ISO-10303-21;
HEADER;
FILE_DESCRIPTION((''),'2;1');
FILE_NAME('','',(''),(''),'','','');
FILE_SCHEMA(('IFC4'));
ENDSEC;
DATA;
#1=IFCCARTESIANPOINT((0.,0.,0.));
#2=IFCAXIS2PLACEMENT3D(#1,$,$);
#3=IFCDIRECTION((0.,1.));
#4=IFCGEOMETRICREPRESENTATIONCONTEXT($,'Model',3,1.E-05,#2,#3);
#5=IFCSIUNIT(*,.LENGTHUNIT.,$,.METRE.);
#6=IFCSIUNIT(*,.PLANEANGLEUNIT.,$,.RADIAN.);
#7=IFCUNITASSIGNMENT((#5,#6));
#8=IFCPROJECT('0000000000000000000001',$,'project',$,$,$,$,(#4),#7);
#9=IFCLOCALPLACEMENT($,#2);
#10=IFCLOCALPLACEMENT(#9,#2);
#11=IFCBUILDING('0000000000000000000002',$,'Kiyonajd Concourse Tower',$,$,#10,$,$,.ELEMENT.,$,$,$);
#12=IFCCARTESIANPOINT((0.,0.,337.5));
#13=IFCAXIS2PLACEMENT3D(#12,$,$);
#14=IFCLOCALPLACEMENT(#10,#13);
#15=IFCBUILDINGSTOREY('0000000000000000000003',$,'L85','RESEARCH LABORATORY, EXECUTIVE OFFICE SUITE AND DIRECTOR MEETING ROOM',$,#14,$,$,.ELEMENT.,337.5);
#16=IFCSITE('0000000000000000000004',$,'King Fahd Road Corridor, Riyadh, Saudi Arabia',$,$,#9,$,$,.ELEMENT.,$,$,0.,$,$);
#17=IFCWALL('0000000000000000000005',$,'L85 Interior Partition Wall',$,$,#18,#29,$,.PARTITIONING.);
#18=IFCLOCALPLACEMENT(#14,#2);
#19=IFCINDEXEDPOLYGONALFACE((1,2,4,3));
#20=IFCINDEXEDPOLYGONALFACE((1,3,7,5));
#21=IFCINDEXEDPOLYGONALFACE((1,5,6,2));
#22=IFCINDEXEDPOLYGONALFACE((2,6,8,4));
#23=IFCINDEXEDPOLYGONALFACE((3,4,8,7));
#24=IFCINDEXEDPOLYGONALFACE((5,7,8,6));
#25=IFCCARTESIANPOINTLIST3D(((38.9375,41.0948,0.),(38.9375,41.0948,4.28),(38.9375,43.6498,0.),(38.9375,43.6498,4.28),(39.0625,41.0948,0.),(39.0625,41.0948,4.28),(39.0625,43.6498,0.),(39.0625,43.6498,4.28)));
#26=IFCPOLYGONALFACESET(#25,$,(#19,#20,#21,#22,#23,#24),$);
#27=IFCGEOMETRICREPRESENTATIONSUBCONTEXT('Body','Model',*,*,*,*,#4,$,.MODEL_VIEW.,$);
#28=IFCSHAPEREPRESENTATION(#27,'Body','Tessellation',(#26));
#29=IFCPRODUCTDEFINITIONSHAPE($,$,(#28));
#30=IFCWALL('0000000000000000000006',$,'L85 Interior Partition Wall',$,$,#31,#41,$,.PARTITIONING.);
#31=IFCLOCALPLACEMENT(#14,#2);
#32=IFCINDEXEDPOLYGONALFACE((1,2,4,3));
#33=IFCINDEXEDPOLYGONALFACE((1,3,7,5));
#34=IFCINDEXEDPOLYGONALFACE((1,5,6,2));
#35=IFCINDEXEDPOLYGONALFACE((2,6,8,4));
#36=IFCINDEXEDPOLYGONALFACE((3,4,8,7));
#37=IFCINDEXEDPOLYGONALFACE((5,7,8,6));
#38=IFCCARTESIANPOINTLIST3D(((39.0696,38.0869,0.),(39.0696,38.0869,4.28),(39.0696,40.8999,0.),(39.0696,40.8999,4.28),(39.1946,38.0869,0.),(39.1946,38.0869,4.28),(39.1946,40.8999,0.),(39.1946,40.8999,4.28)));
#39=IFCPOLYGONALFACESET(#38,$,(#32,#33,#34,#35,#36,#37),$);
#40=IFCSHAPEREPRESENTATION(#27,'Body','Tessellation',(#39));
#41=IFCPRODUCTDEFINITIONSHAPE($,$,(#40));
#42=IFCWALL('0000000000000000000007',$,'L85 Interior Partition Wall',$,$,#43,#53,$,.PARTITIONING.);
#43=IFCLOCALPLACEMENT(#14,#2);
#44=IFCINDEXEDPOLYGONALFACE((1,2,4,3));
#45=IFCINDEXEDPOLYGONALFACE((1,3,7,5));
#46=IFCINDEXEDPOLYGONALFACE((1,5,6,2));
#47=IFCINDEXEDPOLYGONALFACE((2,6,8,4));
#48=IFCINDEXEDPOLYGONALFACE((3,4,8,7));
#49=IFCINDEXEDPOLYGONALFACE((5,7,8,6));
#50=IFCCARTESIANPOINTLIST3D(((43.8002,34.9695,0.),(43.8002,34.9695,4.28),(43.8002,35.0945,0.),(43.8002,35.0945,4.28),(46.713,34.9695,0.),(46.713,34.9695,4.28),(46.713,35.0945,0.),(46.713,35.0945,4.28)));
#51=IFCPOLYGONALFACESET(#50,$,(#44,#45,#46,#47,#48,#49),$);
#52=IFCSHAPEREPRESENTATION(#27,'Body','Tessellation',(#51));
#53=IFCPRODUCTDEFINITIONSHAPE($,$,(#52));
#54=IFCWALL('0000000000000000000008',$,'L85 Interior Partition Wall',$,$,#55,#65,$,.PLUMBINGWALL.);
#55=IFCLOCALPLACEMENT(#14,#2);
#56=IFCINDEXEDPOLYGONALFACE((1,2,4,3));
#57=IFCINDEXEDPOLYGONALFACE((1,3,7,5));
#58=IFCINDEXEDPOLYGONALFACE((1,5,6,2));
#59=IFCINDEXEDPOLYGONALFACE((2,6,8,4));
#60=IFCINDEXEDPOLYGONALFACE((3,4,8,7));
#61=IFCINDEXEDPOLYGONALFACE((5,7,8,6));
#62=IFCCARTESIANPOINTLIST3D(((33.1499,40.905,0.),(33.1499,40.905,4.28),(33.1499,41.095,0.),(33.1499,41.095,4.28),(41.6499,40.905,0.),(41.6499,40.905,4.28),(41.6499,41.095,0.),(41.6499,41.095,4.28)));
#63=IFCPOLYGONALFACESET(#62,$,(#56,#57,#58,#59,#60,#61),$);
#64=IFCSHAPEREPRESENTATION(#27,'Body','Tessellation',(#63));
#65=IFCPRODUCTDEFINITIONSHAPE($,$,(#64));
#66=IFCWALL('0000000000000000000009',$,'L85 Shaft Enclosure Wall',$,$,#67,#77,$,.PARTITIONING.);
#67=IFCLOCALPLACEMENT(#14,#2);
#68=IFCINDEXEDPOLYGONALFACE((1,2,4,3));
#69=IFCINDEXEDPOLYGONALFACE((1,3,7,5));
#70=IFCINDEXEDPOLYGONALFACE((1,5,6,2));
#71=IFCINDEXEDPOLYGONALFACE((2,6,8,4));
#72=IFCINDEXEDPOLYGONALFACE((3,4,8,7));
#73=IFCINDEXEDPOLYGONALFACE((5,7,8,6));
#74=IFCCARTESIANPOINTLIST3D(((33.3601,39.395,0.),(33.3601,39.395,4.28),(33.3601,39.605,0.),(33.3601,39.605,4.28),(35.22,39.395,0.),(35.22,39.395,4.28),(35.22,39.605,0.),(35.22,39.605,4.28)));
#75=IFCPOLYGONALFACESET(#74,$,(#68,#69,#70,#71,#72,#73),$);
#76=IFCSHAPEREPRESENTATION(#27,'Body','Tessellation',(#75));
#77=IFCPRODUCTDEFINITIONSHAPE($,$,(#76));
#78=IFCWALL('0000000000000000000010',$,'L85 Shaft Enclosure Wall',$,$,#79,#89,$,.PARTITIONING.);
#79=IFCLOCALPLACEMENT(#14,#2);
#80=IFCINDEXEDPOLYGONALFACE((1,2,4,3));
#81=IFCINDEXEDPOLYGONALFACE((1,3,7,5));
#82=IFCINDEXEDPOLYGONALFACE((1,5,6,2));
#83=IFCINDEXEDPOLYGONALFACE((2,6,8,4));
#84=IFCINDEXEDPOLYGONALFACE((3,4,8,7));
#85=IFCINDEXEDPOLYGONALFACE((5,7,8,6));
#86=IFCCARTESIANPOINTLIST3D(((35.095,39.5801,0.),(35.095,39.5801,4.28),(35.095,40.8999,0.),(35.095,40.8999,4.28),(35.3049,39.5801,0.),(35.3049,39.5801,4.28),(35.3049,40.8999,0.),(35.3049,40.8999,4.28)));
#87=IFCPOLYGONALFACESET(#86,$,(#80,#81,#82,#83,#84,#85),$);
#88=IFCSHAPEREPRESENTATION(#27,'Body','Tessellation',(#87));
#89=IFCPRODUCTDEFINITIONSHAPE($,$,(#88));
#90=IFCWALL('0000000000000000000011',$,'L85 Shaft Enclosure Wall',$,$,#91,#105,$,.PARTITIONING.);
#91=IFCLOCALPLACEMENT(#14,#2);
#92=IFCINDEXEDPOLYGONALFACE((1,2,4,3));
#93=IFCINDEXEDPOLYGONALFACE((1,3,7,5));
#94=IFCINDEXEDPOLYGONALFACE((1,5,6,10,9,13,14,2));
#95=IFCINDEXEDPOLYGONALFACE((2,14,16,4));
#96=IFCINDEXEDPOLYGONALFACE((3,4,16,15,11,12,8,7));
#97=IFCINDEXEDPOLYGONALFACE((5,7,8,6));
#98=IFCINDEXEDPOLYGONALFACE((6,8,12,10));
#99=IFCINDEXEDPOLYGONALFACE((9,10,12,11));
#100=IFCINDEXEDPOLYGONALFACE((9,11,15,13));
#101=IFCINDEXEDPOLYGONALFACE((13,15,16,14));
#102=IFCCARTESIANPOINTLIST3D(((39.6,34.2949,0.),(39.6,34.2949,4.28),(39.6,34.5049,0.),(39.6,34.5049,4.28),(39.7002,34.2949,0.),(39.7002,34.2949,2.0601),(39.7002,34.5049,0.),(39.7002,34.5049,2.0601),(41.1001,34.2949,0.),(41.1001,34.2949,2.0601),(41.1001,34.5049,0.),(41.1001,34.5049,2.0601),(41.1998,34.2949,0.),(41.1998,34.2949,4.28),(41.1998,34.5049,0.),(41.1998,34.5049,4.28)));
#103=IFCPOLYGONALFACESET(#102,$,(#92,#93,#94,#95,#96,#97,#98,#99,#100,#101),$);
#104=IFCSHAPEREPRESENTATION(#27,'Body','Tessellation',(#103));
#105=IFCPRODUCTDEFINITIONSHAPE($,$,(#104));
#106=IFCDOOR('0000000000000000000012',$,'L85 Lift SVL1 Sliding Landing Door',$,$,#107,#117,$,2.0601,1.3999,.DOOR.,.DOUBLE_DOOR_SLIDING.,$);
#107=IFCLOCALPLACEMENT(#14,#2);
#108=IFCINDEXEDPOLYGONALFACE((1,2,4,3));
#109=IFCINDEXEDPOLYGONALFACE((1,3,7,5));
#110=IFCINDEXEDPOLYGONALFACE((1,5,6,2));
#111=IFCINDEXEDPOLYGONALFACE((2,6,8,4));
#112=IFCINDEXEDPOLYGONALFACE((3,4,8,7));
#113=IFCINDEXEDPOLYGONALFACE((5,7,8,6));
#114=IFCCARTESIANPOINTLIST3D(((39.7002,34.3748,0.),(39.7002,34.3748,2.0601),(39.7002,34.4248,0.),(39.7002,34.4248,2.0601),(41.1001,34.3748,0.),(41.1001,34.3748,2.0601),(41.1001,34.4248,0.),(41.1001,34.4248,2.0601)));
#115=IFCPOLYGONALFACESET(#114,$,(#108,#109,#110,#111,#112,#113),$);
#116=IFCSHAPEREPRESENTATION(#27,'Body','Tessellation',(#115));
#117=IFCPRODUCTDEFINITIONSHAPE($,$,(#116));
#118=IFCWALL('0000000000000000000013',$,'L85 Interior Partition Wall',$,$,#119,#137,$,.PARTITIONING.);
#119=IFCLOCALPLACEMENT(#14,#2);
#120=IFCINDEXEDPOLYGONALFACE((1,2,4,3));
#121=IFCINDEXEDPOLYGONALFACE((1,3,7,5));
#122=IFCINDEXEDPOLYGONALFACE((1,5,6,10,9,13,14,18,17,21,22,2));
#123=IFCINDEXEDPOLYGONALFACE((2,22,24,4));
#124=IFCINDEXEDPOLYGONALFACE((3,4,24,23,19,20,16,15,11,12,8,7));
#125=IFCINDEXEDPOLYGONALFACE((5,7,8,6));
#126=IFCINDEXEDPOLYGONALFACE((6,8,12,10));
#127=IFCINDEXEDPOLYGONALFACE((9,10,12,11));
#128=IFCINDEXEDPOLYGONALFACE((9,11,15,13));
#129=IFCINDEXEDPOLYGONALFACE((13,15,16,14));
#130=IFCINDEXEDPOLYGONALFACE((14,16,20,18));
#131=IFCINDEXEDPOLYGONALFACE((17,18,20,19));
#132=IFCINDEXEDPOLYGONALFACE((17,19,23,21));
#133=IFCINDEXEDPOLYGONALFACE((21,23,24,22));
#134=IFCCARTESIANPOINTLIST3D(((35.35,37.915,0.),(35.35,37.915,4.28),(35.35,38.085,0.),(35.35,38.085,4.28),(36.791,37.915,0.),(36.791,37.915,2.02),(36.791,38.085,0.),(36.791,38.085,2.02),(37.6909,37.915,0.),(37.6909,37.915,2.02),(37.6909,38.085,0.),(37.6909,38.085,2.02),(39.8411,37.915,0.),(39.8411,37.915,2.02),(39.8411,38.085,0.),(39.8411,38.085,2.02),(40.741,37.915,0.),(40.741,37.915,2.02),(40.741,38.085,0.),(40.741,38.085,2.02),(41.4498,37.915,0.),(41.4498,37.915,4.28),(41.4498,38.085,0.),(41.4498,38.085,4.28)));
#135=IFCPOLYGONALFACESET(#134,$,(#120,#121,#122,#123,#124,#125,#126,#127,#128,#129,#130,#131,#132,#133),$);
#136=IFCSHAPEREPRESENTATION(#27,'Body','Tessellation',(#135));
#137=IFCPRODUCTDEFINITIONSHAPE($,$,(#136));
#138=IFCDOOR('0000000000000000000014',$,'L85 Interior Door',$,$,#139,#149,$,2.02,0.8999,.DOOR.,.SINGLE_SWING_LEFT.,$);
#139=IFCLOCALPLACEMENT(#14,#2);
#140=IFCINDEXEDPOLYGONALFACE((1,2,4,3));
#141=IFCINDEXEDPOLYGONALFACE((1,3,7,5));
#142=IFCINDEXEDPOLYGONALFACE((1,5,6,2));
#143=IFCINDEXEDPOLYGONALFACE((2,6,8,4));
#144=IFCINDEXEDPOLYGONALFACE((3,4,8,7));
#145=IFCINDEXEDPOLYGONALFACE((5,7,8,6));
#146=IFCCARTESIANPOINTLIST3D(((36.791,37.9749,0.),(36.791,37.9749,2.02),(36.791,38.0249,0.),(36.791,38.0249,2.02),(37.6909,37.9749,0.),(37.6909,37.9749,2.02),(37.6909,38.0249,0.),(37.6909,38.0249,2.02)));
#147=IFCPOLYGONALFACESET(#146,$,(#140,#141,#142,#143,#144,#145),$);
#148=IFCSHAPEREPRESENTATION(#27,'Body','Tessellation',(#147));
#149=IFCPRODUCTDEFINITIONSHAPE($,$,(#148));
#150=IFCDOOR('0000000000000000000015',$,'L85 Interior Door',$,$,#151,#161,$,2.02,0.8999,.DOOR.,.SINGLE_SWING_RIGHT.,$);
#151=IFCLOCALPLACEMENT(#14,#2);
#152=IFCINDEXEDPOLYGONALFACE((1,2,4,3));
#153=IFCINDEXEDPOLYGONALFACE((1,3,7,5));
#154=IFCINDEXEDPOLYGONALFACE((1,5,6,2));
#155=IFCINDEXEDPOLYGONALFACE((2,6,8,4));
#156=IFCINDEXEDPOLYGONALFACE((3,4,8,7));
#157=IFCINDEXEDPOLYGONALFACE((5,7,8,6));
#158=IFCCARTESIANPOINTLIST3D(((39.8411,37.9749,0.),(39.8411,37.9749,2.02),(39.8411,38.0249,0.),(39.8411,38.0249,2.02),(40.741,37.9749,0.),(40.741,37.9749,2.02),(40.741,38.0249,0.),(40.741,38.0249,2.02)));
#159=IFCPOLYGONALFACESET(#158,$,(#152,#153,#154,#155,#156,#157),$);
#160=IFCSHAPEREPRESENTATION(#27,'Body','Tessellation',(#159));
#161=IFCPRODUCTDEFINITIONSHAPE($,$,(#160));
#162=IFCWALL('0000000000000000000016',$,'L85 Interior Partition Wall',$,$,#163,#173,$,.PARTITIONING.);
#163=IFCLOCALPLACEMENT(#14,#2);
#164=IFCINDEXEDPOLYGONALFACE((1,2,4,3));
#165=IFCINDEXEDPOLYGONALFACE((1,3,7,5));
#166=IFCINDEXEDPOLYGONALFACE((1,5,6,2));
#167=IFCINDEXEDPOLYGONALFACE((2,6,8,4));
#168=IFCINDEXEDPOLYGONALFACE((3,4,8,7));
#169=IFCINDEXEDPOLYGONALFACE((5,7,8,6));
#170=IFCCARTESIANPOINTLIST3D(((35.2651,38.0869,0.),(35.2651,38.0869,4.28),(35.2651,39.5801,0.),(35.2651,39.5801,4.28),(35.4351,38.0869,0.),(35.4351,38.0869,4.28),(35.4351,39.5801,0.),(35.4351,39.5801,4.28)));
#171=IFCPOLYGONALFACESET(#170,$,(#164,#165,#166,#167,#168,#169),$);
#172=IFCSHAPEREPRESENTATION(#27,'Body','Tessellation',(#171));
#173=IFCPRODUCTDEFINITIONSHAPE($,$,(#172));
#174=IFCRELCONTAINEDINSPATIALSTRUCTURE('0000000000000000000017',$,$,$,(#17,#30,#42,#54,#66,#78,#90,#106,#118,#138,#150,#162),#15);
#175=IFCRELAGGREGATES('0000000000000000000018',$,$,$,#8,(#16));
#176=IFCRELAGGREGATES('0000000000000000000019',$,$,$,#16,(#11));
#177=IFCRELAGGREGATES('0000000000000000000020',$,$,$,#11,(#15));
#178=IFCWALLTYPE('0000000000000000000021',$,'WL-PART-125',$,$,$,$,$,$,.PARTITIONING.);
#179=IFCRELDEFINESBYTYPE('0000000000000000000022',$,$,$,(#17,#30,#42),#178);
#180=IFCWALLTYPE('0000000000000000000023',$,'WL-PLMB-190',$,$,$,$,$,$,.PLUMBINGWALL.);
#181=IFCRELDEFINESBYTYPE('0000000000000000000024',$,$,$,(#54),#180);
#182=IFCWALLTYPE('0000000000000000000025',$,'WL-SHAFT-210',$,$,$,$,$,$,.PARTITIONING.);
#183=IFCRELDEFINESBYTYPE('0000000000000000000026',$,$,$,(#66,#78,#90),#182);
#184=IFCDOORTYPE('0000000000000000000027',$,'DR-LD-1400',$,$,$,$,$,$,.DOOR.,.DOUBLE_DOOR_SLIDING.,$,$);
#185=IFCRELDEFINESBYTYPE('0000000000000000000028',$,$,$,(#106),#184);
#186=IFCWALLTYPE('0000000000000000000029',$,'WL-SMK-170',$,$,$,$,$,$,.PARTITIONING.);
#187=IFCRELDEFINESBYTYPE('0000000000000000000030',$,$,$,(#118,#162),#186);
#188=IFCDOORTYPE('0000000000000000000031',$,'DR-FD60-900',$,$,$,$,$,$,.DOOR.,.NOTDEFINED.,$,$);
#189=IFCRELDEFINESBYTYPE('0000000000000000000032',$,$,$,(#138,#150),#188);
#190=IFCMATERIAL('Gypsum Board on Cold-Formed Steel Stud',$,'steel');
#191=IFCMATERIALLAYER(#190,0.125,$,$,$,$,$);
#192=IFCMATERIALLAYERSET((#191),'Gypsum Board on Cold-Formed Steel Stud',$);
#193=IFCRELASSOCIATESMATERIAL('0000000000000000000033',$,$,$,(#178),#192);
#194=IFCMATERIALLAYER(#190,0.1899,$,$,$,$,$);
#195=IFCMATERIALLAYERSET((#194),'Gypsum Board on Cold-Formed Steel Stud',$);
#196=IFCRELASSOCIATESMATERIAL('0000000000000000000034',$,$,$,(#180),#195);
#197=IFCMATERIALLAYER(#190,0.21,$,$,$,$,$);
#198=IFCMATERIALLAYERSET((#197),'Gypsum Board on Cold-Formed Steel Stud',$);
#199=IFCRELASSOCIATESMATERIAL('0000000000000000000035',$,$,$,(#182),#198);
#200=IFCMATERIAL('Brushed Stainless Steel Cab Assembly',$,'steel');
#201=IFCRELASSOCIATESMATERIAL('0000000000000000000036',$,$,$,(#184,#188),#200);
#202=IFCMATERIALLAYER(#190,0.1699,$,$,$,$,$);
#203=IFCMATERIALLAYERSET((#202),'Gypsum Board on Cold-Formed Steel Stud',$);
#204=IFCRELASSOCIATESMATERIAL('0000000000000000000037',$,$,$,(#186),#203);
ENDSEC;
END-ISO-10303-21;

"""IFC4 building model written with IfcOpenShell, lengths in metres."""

from ifc_helpers import new_model, si_unit, direction, frame, frame_2d, origin, place, context, subcontext, project, spatial, rectangle, extrude, material, layer, layer_set, type_object, element, fill, save


model = new_model("IFC4")

# Units and contexts
model_context = context("Model", 3, precision=1e-05, world=origin(), true_north=direction((0.0, 1.0)))
body_context = subcontext(model_context, "Body", "Model", "MODEL_VIEW")
ifc_project = project(units=[si_unit("LENGTHUNIT", "METRE"), si_unit("PLANEANGLEUNIT", "RADIAN")], contexts=[model_context])

# Site, building, storey
site_placement = place(None, origin())
site = spatial("IfcSite", under=ifc_project, at=site_placement, Name="King Fahd Road Corridor, Riyadh, Saudi Arabia", CompositionType="ELEMENT", RefElevation=0.0)
building_placement = place(site_placement, origin())
building = spatial("IfcBuilding", under=site, at=building_placement, Name="Kiyonajd Concourse Tower", CompositionType="ELEMENT")
storey_placement = place(building_placement, frame((0.0, 0.0, 337.5)))
storey = spatial("IfcBuildingStorey", under=building, at=storey_placement, Name="L85", Description="RESEARCH LABORATORY, EXECUTIVE OFFICE SUITE AND DIRECTOR MEETING ROOM", CompositionType="ELEMENT", Elevation=337.5)

# Walls
ifc_material_1 = material(Name="Gypsum Board on Cold-Formed Steel Stud", Category="steel")
ifc_layer_1 = layer(ifc_material_1, 0.125)
ifc_layer_set_1 = layer_set([ifc_layer_1], Name="Gypsum Board on Cold-Formed Steel Stud")
wall_type_1 = type_object("IfcWallType", Name="WL-PART-125", PredefinedType="PARTITIONING", material=ifc_layer_set_1)
for number, where, z_axis, x_axis, name in (
    (1, (39.0, 41.095, 0.0), (0.0, 0.0, 1.0), (0.0, 1.0, 0.0), "L85 Interior Partition Wall"),
):
    element("IfcWall", number, at=place(storey_placement, frame(where, z_axis=z_axis, x_axis=x_axis)), inside=storey, type_object=wall_type_1, Name=name, PredefinedType="PARTITIONING", context=body_context, shape_type="SweptSolid", body=[
        extrude(rectangle(XDim=2.5549, YDim=0.125, at=frame_2d((1.2773, 0.0))), origin(), (0.0, 0.0, 1.0), 4.28),
    ])
wall_1_placement = place(storey_placement, frame((39.1321, 38.0869, 0.0), z_axis=(0.0, 0.0, 1.0), x_axis=(0.0, 1.0, 0.0)))
element("IfcWall", 2, at=wall_1_placement, inside=storey, type_object=wall_type_1, Name="L85 Interior Partition Wall", PredefinedType="PARTITIONING", context=body_context, shape_type="SweptSolid", body=[
    extrude(rectangle(XDim=2.813, YDim=0.125, at=frame_2d((1.4065, 0.0))), origin(), (0.0, 0.0, 1.0), 4.28),
])
wall_2_placement = place(storey_placement, frame((43.8, 35.032, 0.0), z_axis=(0.0, 0.0, 1.0), x_axis=(1.0, 0.0, 0.0)))
element("IfcWall", 3, at=wall_2_placement, inside=storey, type_object=wall_type_1, Name="L85 Interior Partition Wall", PredefinedType="PARTITIONING", context=body_context, shape_type="SweptSolid", body=[
    extrude(rectangle(XDim=2.9128, YDim=0.125, at=frame_2d((1.4565, 0.0))), origin(), (0.0, 0.0, 1.0), 4.28),
])
ifc_layer_2 = layer(ifc_material_1, 0.1899)
ifc_layer_set_2 = layer_set([ifc_layer_2], Name="Gypsum Board on Cold-Formed Steel Stud")
wall_type_2 = type_object("IfcWallType", Name="WL-PLMB-190", PredefinedType="PLUMBINGWALL", material=ifc_layer_set_2)
wall_3_placement = place(storey_placement, frame((33.1499, 41.0, 0.0), z_axis=(0.0, 0.0, 1.0), x_axis=(1.0, 0.0, 0.0)))
element("IfcWall", 4, at=wall_3_placement, inside=storey, type_object=wall_type_2, Name="L85 Interior Partition Wall", PredefinedType="PLUMBINGWALL", context=body_context, shape_type="SweptSolid", body=[
    extrude(rectangle(XDim=8.5, YDim=0.1899, at=frame_2d((4.25, 0.0))), origin(), (0.0, 0.0, 1.0), 4.28),
])
ifc_layer_3 = layer(ifc_material_1, 0.21)
ifc_layer_set_3 = layer_set([ifc_layer_3], Name="Gypsum Board on Cold-Formed Steel Stud")
wall_type_3 = type_object("IfcWallType", Name="WL-SHAFT-210", PredefinedType="PARTITIONING", material=ifc_layer_set_3)
wall_4_placement = place(storey_placement, frame((33.3601, 39.5, 0.0), z_axis=(0.0, 0.0, 1.0), x_axis=(1.0, 0.0, 0.0)))
element("IfcWall", 5, at=wall_4_placement, inside=storey, type_object=wall_type_3, Name="L85 Shaft Enclosure Wall", PredefinedType="PARTITIONING", context=body_context, shape_type="SweptSolid", body=[
    extrude(rectangle(XDim=1.8599, YDim=0.21, at=frame_2d((0.9299, 0.0))), origin(), (0.0, 0.0, 1.0), 4.28),
])
wall_5_placement = place(storey_placement, frame((35.2, 39.5801, 0.0), z_axis=(0.0, 0.0, 1.0), x_axis=(0.0, 1.0, 0.0)))
element("IfcWall", 6, at=wall_5_placement, inside=storey, type_object=wall_type_3, Name="L85 Shaft Enclosure Wall", PredefinedType="PARTITIONING", context=body_context, shape_type="SweptSolid", body=[
    extrude(rectangle(XDim=1.3198, YDim=0.21, at=frame_2d((0.6599, 0.0))), origin(), (0.0, 0.0, 1.0), 4.28),
])

# Wall, opening, door
wall_6_placement = place(storey_placement, frame((39.6001, 34.3999, 0.0), z_axis=(0.0, 0.0, 1.0), x_axis=(1.0, 0.0, 0.0)))
wall_6 = element("IfcWall", 7, at=wall_6_placement, inside=storey, type_object=wall_type_3, Name="L85 Shaft Enclosure Wall", PredefinedType="PARTITIONING", context=body_context, shape_type="SweptSolid", body=[
    extrude(rectangle(XDim=1.5999, YDim=0.21, at=frame_2d((0.7998, 0.0))), origin(), (0.0, 0.0, 1.0), 4.28),
])
opening_1_placement = place(wall_6_placement, frame((0.1001, 0.0, 0.0)))
opening_1 = element("IfcOpeningElement", 8, at=opening_1_placement, cuts=wall_6, PredefinedType="OPENING", context=body_context, shape_type="SweptSolid", body=[
    extrude(rectangle(XDim=1.3999, YDim=2.0601, at=frame_2d((0.7, 1.03))), frame((0.0, 0.115, 0.0), z_axis=(0.0, -1.0, 0.0), x_axis=(1.0, 0.0, 0.0)), (0.0, 0.0, 1.0), 0.23),
])
ifc_material_2 = material(Name="Brushed Stainless Steel Cab Assembly", Category="steel")
door_type_1 = type_object("IfcDoorType", Name="DR-LD-1400", OperationType="DOUBLE_DOOR_SLIDING", PredefinedType="DOOR", material=ifc_material_2)
door_1_placement = place(opening_1_placement, origin())
door_1 = element("IfcDoor", 9, at=door_1_placement, inside=storey, type_object=door_type_1, Name="L85 Lift SVL1 Sliding Landing Door", OperationType="DOUBLE_DOOR_SLIDING", OverallHeight=2.0601, OverallWidth=1.3999, PredefinedType="DOOR", context=body_context, shape_type="SweptSolid", body=[
    extrude(rectangle(XDim=1.3999, YDim=2.0601, at=frame_2d((0.7, 1.03))), frame((0.0, 0.0249, 0.0), z_axis=(0.0, -1.0, 0.0), x_axis=(1.0, 0.0, 0.0)), (0.0, 0.0, 1.0), 0.05),
])
fill(opening_1, door_1)

# Wall, openings, doors
ifc_layer_4 = layer(ifc_material_1, 0.1699)
ifc_layer_set_4 = layer_set([ifc_layer_4], Name="Gypsum Board on Cold-Formed Steel Stud")
wall_type_4 = type_object("IfcWallType", Name="WL-SMK-170", PredefinedType="PARTITIONING", material=ifc_layer_set_4)
wall_7_placement = place(storey_placement, frame((35.3501, 38.0, 0.0), z_axis=(0.0, 0.0, 1.0), x_axis=(1.0, 0.0, 0.0)))
wall_7 = element("IfcWall", 10, at=wall_7_placement, inside=storey, type_object=wall_type_4, Name="L85 Interior Partition Wall", PredefinedType="PARTITIONING", context=body_context, shape_type="SweptSolid", body=[
    extrude(rectangle(XDim=6.0999, YDim=0.1699, at=frame_2d((3.0498, 0.0))), origin(), (0.0, 0.0, 1.0), 4.28),
])
opening_2_placement = place(wall_7_placement, frame((1.4409, 0.0, 0.0)))
opening_2 = element("IfcOpeningElement", 11, at=opening_2_placement, cuts=wall_7, PredefinedType="OPENING", context=body_context, shape_type="SweptSolid", body=[
    extrude(rectangle(XDim=0.8999, YDim=2.02, at=frame_2d((0.45, 1.01))), frame((0.0, 0.095, 0.0), z_axis=(0.0, -1.0, 0.0), x_axis=(1.0, 0.0, 0.0)), (0.0, 0.0, 1.0), 0.1899),
])
opening_3_placement = place(wall_7_placement, frame((4.491, 0.0, 0.0)))
opening_3 = element("IfcOpeningElement", 12, at=opening_3_placement, cuts=wall_7, PredefinedType="OPENING", context=body_context, shape_type="SweptSolid", body=[
    extrude(rectangle(XDim=0.8999, YDim=2.02, at=frame_2d((0.45, 1.01))), frame((0.0, 0.095, 0.0), z_axis=(0.0, -1.0, 0.0), x_axis=(1.0, 0.0, 0.0)), (0.0, 0.0, 1.0), 0.1899),
])
door_type_2 = type_object("IfcDoorType", Name="DR-FD60-900", OperationType="NOTDEFINED", PredefinedType="DOOR", material=ifc_material_2)
door_2_placement = place(opening_2_placement, origin())
door_2 = element("IfcDoor", 13, at=door_2_placement, inside=storey, type_object=door_type_2, Name="L85 Interior Door", OperationType="SINGLE_SWING_LEFT", OverallHeight=2.02, OverallWidth=0.8999, PredefinedType="DOOR", context=body_context, shape_type="SweptSolid", body=[
    extrude(rectangle(XDim=0.8999, YDim=2.02, at=frame_2d((0.45, 1.01))), frame((0.0, 0.0249, 0.0), z_axis=(0.0, -1.0, 0.0), x_axis=(1.0, 0.0, 0.0)), (0.0, 0.0, 1.0), 0.05),
])
fill(opening_2, door_2)
door_3_placement = place(opening_3_placement, origin())
door_3 = element("IfcDoor", 14, at=door_3_placement, inside=storey, type_object=door_type_2, Name="L85 Interior Door", OperationType="SINGLE_SWING_RIGHT", OverallHeight=2.02, OverallWidth=0.8999, PredefinedType="DOOR", context=body_context, shape_type="SweptSolid", body=[
    extrude(rectangle(XDim=0.8999, YDim=2.02, at=frame_2d((0.45, 1.01))), frame((0.0, 0.0249, 0.0), z_axis=(0.0, -1.0, 0.0), x_axis=(1.0, 0.0, 0.0)), (0.0, 0.0, 1.0), 0.05),
])
fill(opening_3, door_3)

# Wall
wall_8_placement = place(storey_placement, frame((35.3501, 38.0869, 0.0), z_axis=(0.0, 0.0, 1.0), x_axis=(0.0, 1.0, 0.0)))
element("IfcWall", 15, at=wall_8_placement, inside=storey, type_object=wall_type_4, Name="L85 Interior Partition Wall", PredefinedType="PARTITIONING", context=body_context, shape_type="SweptSolid", body=[
    extrude(rectangle(XDim=1.4932, YDim=0.1699, at=frame_2d((0.7466, 0.0))), origin(), (0.0, 0.0, 1.0), 4.28),
])

save(model, "model.ifc")
